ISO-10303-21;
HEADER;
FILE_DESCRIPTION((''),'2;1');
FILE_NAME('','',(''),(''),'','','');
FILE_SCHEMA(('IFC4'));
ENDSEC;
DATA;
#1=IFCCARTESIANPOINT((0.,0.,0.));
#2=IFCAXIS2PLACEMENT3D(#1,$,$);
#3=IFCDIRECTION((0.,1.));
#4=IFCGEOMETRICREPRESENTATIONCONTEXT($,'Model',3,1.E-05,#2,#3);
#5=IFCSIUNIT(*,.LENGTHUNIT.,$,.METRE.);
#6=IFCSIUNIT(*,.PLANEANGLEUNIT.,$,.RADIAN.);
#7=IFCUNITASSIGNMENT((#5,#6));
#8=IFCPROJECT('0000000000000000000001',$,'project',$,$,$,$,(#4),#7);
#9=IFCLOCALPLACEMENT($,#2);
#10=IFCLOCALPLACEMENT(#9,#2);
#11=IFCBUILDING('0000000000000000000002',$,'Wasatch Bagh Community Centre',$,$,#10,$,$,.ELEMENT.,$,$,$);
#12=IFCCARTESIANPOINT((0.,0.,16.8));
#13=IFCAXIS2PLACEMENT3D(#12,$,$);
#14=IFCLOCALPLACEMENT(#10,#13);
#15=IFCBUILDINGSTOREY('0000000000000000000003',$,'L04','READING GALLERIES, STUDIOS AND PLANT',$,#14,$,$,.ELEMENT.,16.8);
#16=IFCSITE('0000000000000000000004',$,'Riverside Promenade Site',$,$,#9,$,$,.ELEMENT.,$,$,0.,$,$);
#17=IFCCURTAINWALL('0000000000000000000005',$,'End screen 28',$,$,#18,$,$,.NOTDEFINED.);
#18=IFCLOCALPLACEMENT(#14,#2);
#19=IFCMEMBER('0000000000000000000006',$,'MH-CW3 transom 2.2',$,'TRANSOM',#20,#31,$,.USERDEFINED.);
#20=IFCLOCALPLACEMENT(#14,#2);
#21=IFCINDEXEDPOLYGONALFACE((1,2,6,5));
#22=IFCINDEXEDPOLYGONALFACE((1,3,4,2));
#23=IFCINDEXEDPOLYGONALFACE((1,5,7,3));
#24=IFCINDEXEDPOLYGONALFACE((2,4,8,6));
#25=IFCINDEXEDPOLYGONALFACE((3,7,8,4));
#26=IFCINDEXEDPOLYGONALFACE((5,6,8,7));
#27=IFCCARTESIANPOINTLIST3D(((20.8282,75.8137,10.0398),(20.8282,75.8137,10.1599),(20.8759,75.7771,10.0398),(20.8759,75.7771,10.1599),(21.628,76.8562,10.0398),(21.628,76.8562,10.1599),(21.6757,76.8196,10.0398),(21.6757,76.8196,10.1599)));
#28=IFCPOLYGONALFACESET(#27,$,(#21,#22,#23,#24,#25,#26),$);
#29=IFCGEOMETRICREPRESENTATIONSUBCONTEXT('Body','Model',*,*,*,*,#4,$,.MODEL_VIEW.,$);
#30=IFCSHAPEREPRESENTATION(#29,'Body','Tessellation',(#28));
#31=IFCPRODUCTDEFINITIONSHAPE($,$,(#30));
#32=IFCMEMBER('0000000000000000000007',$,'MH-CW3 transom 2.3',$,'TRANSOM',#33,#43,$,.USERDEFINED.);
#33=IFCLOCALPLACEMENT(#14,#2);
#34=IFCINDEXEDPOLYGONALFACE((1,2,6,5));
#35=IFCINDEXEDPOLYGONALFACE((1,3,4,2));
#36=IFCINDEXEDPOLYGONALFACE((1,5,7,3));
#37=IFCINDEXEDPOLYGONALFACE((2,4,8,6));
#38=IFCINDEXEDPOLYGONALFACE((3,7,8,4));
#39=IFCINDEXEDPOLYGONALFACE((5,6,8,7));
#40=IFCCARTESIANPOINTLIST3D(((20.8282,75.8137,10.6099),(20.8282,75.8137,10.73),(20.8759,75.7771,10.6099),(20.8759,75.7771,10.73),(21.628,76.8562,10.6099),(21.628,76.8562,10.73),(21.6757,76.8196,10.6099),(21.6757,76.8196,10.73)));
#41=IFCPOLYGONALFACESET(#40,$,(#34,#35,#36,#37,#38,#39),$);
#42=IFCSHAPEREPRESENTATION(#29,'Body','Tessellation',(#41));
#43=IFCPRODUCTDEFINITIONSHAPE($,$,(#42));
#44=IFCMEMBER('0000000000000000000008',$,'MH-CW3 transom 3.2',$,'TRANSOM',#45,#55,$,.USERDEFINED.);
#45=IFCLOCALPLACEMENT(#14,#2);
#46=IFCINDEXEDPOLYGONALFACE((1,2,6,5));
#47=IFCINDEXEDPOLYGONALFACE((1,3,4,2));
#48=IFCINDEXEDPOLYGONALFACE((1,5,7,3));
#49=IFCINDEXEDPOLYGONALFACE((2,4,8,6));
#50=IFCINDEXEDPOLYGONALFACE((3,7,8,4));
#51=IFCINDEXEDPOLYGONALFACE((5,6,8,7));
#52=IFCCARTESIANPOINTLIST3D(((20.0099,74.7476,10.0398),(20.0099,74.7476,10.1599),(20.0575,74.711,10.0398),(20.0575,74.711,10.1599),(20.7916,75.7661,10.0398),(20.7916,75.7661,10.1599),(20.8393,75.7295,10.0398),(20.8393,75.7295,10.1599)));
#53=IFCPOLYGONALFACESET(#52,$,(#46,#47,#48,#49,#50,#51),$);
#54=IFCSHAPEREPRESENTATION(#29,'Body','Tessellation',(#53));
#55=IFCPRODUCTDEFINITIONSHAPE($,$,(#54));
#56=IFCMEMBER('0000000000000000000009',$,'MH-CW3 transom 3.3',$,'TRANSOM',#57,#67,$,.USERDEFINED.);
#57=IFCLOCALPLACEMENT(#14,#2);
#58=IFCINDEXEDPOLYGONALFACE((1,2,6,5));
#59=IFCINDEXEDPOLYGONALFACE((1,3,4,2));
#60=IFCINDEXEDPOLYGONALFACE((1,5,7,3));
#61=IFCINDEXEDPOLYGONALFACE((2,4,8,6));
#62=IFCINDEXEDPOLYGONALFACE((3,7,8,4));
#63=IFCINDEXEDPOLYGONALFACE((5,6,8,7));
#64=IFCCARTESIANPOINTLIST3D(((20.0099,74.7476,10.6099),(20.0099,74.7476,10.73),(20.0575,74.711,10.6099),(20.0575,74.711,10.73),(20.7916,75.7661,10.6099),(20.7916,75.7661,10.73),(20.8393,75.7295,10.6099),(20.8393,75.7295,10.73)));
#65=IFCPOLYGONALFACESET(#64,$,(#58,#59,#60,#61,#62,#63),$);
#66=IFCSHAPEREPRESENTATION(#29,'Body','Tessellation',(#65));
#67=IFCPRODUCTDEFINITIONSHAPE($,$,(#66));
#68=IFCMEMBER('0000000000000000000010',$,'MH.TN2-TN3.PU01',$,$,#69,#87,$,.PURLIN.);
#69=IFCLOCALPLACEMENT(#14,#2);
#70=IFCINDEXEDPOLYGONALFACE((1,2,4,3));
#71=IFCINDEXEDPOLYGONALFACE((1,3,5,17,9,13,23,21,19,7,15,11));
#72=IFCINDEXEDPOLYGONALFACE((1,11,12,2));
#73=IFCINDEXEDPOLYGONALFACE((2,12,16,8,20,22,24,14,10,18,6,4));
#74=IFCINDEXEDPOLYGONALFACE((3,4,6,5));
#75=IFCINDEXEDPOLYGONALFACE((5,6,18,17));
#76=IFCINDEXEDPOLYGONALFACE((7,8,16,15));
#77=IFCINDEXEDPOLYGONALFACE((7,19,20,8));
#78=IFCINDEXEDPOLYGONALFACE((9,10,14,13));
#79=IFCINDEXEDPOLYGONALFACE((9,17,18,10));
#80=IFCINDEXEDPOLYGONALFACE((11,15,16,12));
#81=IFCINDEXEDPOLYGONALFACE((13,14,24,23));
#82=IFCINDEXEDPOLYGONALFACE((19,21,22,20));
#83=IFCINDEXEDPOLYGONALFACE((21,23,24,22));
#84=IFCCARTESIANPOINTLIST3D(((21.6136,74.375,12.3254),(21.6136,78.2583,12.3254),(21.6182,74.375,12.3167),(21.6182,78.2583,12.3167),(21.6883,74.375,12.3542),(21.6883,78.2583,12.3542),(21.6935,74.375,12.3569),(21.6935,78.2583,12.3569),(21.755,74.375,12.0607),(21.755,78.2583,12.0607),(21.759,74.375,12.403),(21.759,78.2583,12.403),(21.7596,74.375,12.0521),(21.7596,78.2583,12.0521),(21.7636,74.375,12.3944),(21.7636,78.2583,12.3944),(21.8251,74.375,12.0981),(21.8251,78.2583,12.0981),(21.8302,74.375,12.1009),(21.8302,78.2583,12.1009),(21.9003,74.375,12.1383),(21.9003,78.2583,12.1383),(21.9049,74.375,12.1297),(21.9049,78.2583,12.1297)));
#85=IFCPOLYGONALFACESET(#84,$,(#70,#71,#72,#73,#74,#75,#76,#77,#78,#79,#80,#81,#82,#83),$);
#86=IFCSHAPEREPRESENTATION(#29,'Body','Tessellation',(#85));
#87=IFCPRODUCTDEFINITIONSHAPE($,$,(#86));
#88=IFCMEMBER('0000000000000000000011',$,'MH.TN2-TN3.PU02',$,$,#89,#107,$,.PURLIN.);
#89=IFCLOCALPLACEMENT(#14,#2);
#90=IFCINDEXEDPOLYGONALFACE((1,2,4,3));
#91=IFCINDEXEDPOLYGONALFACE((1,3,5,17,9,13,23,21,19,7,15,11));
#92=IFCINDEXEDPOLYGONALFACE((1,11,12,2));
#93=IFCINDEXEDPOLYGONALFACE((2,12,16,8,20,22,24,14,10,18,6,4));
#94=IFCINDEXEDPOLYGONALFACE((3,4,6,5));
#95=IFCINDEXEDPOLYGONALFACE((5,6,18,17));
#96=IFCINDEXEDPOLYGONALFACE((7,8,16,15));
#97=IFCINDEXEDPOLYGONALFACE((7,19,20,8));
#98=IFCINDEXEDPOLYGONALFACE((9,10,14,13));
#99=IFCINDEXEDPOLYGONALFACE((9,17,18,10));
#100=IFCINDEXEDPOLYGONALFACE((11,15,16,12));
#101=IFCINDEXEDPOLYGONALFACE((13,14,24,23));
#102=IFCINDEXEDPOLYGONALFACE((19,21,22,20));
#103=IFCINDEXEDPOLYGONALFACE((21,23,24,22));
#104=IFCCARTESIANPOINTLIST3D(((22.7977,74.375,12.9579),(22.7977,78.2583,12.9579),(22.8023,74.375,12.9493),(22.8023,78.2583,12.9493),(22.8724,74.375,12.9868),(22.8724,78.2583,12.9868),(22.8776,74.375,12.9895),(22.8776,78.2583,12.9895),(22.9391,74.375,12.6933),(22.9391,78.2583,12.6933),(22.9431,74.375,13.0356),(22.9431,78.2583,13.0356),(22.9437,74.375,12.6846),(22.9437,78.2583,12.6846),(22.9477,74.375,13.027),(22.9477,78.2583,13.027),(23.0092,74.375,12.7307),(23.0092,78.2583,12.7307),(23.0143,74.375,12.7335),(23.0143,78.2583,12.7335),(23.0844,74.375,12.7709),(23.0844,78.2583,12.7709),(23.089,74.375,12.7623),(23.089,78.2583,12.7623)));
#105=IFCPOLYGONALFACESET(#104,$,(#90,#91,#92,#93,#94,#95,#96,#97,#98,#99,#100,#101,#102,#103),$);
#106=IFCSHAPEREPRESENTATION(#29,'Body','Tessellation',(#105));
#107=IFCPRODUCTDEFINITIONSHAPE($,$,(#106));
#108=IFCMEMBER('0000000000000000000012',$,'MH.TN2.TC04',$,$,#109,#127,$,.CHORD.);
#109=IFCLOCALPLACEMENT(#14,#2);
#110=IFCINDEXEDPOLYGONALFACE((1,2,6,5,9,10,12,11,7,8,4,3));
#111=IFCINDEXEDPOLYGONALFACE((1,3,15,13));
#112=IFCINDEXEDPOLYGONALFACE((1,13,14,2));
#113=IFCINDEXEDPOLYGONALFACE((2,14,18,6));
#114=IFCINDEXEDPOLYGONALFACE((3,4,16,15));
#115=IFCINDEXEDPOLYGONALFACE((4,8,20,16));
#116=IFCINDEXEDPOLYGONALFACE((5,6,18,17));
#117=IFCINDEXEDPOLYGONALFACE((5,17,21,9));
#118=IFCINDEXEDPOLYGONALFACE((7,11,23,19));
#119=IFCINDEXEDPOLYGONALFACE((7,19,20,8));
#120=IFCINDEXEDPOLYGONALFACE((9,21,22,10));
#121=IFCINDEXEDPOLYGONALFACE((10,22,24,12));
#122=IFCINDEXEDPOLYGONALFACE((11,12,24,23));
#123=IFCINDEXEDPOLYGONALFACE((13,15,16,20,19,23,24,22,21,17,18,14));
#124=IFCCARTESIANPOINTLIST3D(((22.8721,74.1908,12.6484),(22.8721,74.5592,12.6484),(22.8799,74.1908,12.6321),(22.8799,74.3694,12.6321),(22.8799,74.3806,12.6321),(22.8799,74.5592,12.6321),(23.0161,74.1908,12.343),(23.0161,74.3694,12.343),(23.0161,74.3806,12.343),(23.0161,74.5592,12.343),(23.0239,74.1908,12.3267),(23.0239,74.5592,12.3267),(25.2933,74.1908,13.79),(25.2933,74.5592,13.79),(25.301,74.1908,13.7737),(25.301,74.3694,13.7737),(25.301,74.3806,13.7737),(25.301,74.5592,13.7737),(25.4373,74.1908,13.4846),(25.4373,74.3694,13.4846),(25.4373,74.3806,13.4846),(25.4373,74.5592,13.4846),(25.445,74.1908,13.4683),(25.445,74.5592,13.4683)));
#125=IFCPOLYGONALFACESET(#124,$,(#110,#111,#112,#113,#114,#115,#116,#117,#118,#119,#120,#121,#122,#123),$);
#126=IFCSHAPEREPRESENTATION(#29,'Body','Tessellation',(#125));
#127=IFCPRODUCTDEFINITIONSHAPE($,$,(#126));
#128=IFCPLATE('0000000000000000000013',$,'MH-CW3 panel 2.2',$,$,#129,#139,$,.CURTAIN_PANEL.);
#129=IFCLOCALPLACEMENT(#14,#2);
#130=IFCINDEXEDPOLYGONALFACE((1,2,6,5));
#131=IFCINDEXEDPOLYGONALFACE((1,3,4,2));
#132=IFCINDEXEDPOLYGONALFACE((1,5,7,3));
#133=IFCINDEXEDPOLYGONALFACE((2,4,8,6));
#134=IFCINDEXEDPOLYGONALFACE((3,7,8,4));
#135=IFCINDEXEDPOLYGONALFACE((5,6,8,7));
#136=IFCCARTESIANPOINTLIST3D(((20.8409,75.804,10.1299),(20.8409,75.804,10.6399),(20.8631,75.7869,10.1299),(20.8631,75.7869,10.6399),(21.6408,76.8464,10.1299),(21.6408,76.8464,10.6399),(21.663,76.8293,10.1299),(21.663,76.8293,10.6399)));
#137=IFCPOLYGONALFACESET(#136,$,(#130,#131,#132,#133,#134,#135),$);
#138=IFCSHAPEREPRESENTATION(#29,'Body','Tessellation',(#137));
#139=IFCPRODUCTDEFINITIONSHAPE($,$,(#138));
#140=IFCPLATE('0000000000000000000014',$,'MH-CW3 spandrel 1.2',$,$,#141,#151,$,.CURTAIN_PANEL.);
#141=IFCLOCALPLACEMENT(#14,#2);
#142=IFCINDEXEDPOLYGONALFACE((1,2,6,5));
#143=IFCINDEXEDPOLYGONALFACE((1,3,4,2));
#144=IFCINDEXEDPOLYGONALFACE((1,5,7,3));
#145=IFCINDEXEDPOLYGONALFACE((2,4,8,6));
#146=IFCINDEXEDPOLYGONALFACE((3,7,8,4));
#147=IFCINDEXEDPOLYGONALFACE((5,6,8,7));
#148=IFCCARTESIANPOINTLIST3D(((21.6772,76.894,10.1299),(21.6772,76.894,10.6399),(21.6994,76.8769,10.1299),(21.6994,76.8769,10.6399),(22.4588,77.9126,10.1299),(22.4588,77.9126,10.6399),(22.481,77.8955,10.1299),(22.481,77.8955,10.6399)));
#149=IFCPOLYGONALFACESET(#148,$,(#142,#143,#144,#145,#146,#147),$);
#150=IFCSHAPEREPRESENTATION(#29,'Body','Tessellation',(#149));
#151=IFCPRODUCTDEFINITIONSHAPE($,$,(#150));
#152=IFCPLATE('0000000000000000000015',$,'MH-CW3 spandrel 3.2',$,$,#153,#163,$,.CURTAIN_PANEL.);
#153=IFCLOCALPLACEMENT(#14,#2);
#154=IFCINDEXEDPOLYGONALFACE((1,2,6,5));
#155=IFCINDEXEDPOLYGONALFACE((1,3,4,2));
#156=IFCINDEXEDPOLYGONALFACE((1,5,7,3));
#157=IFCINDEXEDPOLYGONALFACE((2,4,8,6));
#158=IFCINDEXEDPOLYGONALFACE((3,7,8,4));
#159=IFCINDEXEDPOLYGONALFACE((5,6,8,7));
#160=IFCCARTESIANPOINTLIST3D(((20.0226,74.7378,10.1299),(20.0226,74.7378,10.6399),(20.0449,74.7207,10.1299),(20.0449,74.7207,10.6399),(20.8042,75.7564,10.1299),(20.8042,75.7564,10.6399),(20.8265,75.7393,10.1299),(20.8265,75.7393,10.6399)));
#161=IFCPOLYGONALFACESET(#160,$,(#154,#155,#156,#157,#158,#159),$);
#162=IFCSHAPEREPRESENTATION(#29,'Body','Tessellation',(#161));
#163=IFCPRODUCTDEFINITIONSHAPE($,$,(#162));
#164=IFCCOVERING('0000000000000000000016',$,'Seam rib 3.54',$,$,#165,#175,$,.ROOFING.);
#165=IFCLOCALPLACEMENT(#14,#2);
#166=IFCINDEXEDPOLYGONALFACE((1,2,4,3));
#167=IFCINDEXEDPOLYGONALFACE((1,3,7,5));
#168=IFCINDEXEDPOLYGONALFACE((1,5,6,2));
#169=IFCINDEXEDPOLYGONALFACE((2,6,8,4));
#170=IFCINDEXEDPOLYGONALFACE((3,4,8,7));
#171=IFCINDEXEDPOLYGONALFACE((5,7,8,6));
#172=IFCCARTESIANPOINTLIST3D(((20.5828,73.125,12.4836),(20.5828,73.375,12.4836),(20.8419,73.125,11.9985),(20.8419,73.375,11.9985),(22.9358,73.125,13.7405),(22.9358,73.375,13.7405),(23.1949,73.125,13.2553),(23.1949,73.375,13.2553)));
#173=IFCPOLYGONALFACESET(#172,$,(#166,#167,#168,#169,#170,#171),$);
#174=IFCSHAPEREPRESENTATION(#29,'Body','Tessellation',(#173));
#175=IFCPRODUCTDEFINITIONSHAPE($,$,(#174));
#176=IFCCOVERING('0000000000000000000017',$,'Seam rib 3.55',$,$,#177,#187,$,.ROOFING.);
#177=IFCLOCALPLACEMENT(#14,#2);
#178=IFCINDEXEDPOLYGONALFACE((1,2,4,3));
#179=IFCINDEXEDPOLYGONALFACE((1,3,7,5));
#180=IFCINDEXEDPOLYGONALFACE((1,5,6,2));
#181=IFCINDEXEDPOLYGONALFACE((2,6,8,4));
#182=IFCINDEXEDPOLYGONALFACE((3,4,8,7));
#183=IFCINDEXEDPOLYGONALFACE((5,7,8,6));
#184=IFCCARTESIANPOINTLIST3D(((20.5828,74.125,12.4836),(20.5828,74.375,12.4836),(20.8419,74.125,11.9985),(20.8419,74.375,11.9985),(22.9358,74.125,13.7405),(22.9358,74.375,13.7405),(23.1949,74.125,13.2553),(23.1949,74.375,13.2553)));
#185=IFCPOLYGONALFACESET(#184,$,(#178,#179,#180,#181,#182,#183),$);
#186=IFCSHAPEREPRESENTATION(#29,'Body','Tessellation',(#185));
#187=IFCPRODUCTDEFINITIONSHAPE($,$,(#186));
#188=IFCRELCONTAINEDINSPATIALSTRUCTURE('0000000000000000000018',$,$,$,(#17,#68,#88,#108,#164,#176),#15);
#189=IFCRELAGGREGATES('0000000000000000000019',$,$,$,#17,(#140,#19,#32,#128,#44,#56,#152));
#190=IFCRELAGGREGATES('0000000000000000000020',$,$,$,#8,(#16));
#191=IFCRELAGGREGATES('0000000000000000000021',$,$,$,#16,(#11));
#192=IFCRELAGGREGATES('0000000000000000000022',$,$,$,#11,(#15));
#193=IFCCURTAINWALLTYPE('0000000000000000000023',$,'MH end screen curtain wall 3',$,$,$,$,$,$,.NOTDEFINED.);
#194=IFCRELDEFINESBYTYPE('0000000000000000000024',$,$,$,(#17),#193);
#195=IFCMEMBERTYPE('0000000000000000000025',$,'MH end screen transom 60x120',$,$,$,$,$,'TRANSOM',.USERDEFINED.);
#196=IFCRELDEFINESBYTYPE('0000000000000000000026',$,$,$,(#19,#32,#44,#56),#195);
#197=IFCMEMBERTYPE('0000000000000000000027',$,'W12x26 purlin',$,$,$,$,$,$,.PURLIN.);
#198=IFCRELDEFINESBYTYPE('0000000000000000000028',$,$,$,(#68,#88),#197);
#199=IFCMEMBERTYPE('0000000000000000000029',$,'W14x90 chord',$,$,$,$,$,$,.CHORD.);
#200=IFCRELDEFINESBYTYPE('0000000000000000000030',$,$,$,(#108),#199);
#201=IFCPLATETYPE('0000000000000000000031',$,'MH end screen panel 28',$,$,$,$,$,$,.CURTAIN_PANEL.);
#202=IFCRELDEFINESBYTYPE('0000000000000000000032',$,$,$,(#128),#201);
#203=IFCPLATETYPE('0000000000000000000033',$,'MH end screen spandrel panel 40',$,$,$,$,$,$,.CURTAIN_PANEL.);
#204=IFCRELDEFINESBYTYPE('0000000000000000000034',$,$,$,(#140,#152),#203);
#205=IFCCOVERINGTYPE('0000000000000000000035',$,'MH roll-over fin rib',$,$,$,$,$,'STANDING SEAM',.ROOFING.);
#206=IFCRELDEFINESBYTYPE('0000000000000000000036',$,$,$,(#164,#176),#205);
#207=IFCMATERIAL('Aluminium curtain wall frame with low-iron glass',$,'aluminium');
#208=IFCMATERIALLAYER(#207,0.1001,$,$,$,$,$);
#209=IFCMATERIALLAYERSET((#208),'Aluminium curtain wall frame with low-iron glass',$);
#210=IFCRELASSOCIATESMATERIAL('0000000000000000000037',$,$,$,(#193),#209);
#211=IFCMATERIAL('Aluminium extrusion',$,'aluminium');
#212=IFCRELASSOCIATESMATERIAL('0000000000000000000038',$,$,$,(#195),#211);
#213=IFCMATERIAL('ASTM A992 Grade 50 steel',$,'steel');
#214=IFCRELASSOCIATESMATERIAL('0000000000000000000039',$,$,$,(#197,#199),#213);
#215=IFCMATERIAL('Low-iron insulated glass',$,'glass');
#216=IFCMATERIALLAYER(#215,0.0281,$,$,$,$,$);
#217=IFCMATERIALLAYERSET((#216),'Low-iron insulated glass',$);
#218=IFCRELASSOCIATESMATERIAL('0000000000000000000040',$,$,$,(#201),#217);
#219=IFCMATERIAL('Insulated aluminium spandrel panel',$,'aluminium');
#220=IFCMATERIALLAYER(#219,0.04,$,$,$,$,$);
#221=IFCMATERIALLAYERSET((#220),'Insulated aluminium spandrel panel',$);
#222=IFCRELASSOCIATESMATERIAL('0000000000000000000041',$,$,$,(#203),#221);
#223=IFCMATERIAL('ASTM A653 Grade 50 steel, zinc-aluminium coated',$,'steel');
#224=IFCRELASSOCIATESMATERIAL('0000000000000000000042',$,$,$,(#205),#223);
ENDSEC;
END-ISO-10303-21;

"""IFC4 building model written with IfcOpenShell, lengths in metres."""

from ifc_helpers import new_model, si_unit, direction, frame, origin, origin_2d, place, context, subcontext, project, spatial, polyline, rectangle, i_section, outline, extrude, material, layer, layer_set, material_profile, profile_set, type_object, element, aggregate, save


model = new_model("IFC4")

# Units and contexts
model_context = context("Model", 3, precision=1e-05, world=origin(), true_north=direction((0.0, 1.0)))
body_context = subcontext(model_context, "Body", "Model", "MODEL_VIEW")
ifc_project = project(units=[si_unit("LENGTHUNIT", "METRE"), si_unit("PLANEANGLEUNIT", "RADIAN")], contexts=[model_context])

# Site, building, storey
site_placement = place(None, origin())
site = spatial("IfcSite", under=ifc_project, at=site_placement, Name="Riverside Promenade Site", CompositionType="ELEMENT", RefElevation=0.0)
building_placement = place(site_placement, origin())
building = spatial("IfcBuilding", under=site, at=building_placement, Name="Wasatch Bagh Community Centre", CompositionType="ELEMENT")
storey_placement = place(building_placement, frame((0.0, 0.0, 16.8)))
storey = spatial("IfcBuildingStorey", under=building, at=storey_placement, Name="L04", Description="READING GALLERIES, STUDIOS AND PLANT", CompositionType="ELEMENT", Elevation=16.8)

# Curtain wall, members
ifc_material_1 = material(Name="Aluminium curtain wall frame with low-iron glass", Category="aluminium")
ifc_layer_1 = layer(ifc_material_1, 0.1001)
ifc_layer_set_1 = layer_set([ifc_layer_1], Name="Aluminium curtain wall frame with low-iron glass")
curtain_wall_type = type_object("IfcCurtainWallType", Name="MH end screen curtain wall 3", PredefinedType="NOTDEFINED", material=ifc_layer_set_1)
curtain_wall_placement = place(storey_placement, origin())
curtain_wall = element("IfcCurtainWall", 1, at=curtain_wall_placement, inside=storey, type_object=curtain_wall_type, Name="End screen 28", PredefinedType="NOTDEFINED")
ifc_material_2 = material(Name="Aluminium extrusion", Category="aluminium")
ifc_material_profile_1 = material_profile(ifc_material_2, rectangle(XDim=0.0601, YDim=0.1201, at=origin_2d()), Name="AL 60x120")
ifc_profile_set_1 = profile_set([ifc_material_profile_1], Name="Aluminium extrusion")
member_type_1 = type_object("IfcMemberType", Name="MH end screen transom 60x120", ElementType="TRANSOM", PredefinedType="USERDEFINED", material=ifc_profile_set_1)
member_1_placement = place(storey_placement, frame((21.6519, 76.8379, 10.0999), z_axis=(-0.608705, -0.793397, 0.0), x_axis=(0.793397, -0.608705, 0.0)))
member_1 = element("IfcMember", 2, at=member_1_placement, type_object=member_type_1, Name="MH-CW3 transom 2.2", ObjectType="TRANSOM", PredefinedType="USERDEFINED", context=body_context, shape_type="SweptSolid", body=[
    extrude(rectangle(XDim=0.0601, YDim=0.1201, at=origin_2d()), origin(), (0.0, 0.0, 1.0), 1.314),
])
member_2_placement = place(storey_placement, frame((21.6519, 76.8379, 10.6699), z_axis=(-0.608705, -0.793397, 0.0), x_axis=(0.793397, -0.608705, 0.0)))
member_2 = element("IfcMember", 3, at=member_2_placement, type_object=member_type_1, Name="MH-CW3 transom 2.3", ObjectType="TRANSOM", PredefinedType="USERDEFINED", context=body_context, shape_type="SweptSolid", body=[
    extrude(rectangle(XDim=0.0601, YDim=0.1201, at=origin_2d()), origin(), (0.0, 0.0, 1.0), 1.314),
])
member_3_placement = place(storey_placement, frame((20.8154, 75.7478, 10.0999), z_axis=(-0.608847, -0.793288, 0.0), x_axis=(0.793288, -0.608847, 0.0)))
member_3 = element("IfcMember", 4, at=member_3_placement, type_object=member_type_1, Name="MH-CW3 transom 3.2", ObjectType="TRANSOM", PredefinedType="USERDEFINED", context=body_context, shape_type="SweptSolid", body=[
    extrude(rectangle(XDim=0.0601, YDim=0.1201, at=origin_2d()), origin(), (0.0, 0.0, 1.0), 1.2839),
])
member_4_placement = place(storey_placement, frame((20.8154, 75.7478, 10.6699), z_axis=(-0.608847, -0.793288, 0.0), x_axis=(0.793288, -0.608847, 0.0)))
member_4 = element("IfcMember", 5, at=member_4_placement, type_object=member_type_1, Name="MH-CW3 transom 3.3", ObjectType="TRANSOM", PredefinedType="USERDEFINED", context=body_context, shape_type="SweptSolid", body=[
    extrude(rectangle(XDim=0.0601, YDim=0.1201, at=origin_2d()), origin(), (0.0, 0.0, 1.0), 1.2839),
])

# Members
ifc_material_3 = material(Name="ASTM A992 Grade 50 steel", Category="steel")
ifc_material_profile_2 = material_profile(ifc_material_3, i_section(OverallWidth=0.1648, OverallDepth=0.3098, WebThickness=0.0059, FlangeThickness=0.0098, at=origin_2d()), Name="W12x26")
ifc_profile_set_2 = profile_set([ifc_material_profile_2], Name="ASTM A992 Grade 50 steel")
member_type_2 = type_object("IfcMemberType", Name="W12x26 purlin", PredefinedType="PURLIN", material=ifc_profile_set_2)
for number, where, z_axis, x_axis, name in (
    (6, (21.7593, 74.375, 12.2275), (0.0, 1.0, 0.0), (-0.882062, 0.0, -0.471133), "MH.TN2-TN3.PU01"),
    (7, (22.9434, 74.375, 12.8601), (0.0, 1.0, 0.0), (-0.882062, 0.0, -0.471133), "MH.TN2-TN3.PU02"),
):
    element("IfcMember", number, at=place(storey_placement, frame(where, z_axis=z_axis, x_axis=x_axis)), inside=storey, type_object=member_type_2, Name=name, PredefinedType="PURLIN", context=body_context, shape_type="SweptSolid", body=[
        extrude(i_section(OverallWidth=0.1648, OverallDepth=0.3098, WebThickness=0.0059, FlangeThickness=0.0098, at=origin_2d()), origin(), (0.0, 0.0, 1.0), 3.8833),
    ])
ifc_material_profile_3 = material_profile(ifc_material_3, i_section(OverallWidth=0.3684, OverallDepth=0.3557, WebThickness=0.0112, FlangeThickness=0.0181, at=origin_2d()), Name="W14x90")
ifc_profile_set_3 = profile_set([ifc_material_profile_3], Name="ASTM A992 Grade 50 steel")
member_type_3 = type_object("IfcMemberType", Name="W14x90 chord", PredefinedType="CHORD", material=ifc_profile_set_3)
member_5_placement = place(storey_placement, frame((22.948, 74.375, 12.4875), z_axis=(0.904496, 0.0, 0.426482), x_axis=(0.0, 1.0, 0.0)))
element("IfcMember", 8, at=member_5_placement, inside=storey, type_object=member_type_3, Name="MH.TN2.TC04", PredefinedType="CHORD", context=body_context, shape_type="SweptSolid", body=[
    extrude(i_section(OverallWidth=0.3684, OverallDepth=0.3557, WebThickness=0.0112, FlangeThickness=0.0181, at=origin_2d()), origin(), (0.0, 0.0, 1.0), 2.6768),
])

# Plates
ifc_material_4 = material(Name="Low-iron insulated glass", Category="glass")
ifc_layer_2 = layer(ifc_material_4, 0.0281)
ifc_layer_set_2 = layer_set([ifc_layer_2], Name="Low-iron insulated glass")
plate_type_1 = type_object("IfcPlateType", Name="MH end screen panel 28", PredefinedType="CURTAIN_PANEL", material=ifc_layer_set_2)
plate_1_placement = place(storey_placement, frame((21.252, 76.3167, 10.1299), z_axis=(0.0, 0.0, 1.0), x_axis=(-0.608761, -0.793353, 0.0)))
plate_1 = element("IfcPlate", 9, at=plate_1_placement, type_object=plate_type_1, Name="MH-CW3 panel 2.2", PredefinedType="CURTAIN_PANEL", context=body_context, shape_type="SweptSolid", body=[
    extrude(rectangle(XDim=1.314, YDim=0.0281, at=origin_2d()), origin(), (0.0, 0.0, 1.0), 0.51),
])
ifc_material_5 = material(Name="Insulated aluminium spandrel panel", Category="aluminium")
ifc_layer_3 = layer(ifc_material_5, 0.04)
ifc_layer_set_3 = layer_set([ifc_layer_3], Name="Insulated aluminium spandrel panel")
plate_type_2 = type_object("IfcPlateType", Name="MH end screen spandrel panel 40", PredefinedType="CURTAIN_PANEL", material=ifc_layer_set_3)
plate_2_placement = place(storey_placement, frame((22.0791, 77.3948, 10.1299), z_axis=(0.0, 0.0, 1.0), x_axis=(-0.608761, -0.793353, 0.0)))
plate_2 = element("IfcPlate", 10, at=plate_2_placement, type_object=plate_type_2, Name="MH-CW3 spandrel 1.2", PredefinedType="CURTAIN_PANEL", context=body_context, shape_type="SweptSolid", body=[
    extrude(rectangle(XDim=1.2839, YDim=0.0281, at=origin_2d()), origin(), (0.0, 0.0, 1.0), 0.51),
])
plate_3_placement = place(storey_placement, frame((20.4246, 75.2385, 10.1299), z_axis=(0.0, 0.0, 1.0), x_axis=(-0.608761, -0.793353, 0.0)))
plate_3 = element("IfcPlate", 11, at=plate_3_placement, type_object=plate_type_2, Name="MH-CW3 spandrel 3.2", PredefinedType="CURTAIN_PANEL", context=body_context, shape_type="SweptSolid", body=[
    extrude(rectangle(XDim=1.2839, YDim=0.0281, at=origin_2d()), origin(), (0.0, 0.0, 1.0), 0.51),
])
aggregate(curtain_wall, [plate_2, member_1, member_2, plate_1, member_3, member_4, plate_3])

# Coverings
ifc_material_6 = material(Name="ASTM A653 Grade 50 steel, zinc-aluminium coated", Category="steel")
covering_type = type_object("IfcCoveringType", Name="MH roll-over fin rib", ElementType="STANDING SEAM", PredefinedType="ROOFING", material=ifc_material_6)
for number, where, z_axis, x_axis, name in (
    (12, (20.5828, 73.125, 12.4836), (-0.471139, 0.0, 0.882059), (0.882059, 0.0, 0.471139), "Seam rib 3.54"),
    (13, (20.5828, 74.125, 12.4836), (-0.471139, 0.0, 0.882059), (0.882059, 0.0, 0.471139), "Seam rib 3.55"),
):
    element("IfcCovering", number, at=place(storey_placement, frame(where, z_axis=z_axis, x_axis=x_axis)), inside=storey, type_object=covering_type, Name=name, PredefinedType="ROOFING", context=body_context, shape_type="SweptSolid", body=[
        extrude(outline(polyline([(0.0, 0.0), (2.6677, 0.0), (2.6677, 0.25), (0.0, 0.25), (0.0, 0.0)])), origin(), (0.0, 0.0, -1.0), 0.55),
    ])

save(model, "model.ifc")
